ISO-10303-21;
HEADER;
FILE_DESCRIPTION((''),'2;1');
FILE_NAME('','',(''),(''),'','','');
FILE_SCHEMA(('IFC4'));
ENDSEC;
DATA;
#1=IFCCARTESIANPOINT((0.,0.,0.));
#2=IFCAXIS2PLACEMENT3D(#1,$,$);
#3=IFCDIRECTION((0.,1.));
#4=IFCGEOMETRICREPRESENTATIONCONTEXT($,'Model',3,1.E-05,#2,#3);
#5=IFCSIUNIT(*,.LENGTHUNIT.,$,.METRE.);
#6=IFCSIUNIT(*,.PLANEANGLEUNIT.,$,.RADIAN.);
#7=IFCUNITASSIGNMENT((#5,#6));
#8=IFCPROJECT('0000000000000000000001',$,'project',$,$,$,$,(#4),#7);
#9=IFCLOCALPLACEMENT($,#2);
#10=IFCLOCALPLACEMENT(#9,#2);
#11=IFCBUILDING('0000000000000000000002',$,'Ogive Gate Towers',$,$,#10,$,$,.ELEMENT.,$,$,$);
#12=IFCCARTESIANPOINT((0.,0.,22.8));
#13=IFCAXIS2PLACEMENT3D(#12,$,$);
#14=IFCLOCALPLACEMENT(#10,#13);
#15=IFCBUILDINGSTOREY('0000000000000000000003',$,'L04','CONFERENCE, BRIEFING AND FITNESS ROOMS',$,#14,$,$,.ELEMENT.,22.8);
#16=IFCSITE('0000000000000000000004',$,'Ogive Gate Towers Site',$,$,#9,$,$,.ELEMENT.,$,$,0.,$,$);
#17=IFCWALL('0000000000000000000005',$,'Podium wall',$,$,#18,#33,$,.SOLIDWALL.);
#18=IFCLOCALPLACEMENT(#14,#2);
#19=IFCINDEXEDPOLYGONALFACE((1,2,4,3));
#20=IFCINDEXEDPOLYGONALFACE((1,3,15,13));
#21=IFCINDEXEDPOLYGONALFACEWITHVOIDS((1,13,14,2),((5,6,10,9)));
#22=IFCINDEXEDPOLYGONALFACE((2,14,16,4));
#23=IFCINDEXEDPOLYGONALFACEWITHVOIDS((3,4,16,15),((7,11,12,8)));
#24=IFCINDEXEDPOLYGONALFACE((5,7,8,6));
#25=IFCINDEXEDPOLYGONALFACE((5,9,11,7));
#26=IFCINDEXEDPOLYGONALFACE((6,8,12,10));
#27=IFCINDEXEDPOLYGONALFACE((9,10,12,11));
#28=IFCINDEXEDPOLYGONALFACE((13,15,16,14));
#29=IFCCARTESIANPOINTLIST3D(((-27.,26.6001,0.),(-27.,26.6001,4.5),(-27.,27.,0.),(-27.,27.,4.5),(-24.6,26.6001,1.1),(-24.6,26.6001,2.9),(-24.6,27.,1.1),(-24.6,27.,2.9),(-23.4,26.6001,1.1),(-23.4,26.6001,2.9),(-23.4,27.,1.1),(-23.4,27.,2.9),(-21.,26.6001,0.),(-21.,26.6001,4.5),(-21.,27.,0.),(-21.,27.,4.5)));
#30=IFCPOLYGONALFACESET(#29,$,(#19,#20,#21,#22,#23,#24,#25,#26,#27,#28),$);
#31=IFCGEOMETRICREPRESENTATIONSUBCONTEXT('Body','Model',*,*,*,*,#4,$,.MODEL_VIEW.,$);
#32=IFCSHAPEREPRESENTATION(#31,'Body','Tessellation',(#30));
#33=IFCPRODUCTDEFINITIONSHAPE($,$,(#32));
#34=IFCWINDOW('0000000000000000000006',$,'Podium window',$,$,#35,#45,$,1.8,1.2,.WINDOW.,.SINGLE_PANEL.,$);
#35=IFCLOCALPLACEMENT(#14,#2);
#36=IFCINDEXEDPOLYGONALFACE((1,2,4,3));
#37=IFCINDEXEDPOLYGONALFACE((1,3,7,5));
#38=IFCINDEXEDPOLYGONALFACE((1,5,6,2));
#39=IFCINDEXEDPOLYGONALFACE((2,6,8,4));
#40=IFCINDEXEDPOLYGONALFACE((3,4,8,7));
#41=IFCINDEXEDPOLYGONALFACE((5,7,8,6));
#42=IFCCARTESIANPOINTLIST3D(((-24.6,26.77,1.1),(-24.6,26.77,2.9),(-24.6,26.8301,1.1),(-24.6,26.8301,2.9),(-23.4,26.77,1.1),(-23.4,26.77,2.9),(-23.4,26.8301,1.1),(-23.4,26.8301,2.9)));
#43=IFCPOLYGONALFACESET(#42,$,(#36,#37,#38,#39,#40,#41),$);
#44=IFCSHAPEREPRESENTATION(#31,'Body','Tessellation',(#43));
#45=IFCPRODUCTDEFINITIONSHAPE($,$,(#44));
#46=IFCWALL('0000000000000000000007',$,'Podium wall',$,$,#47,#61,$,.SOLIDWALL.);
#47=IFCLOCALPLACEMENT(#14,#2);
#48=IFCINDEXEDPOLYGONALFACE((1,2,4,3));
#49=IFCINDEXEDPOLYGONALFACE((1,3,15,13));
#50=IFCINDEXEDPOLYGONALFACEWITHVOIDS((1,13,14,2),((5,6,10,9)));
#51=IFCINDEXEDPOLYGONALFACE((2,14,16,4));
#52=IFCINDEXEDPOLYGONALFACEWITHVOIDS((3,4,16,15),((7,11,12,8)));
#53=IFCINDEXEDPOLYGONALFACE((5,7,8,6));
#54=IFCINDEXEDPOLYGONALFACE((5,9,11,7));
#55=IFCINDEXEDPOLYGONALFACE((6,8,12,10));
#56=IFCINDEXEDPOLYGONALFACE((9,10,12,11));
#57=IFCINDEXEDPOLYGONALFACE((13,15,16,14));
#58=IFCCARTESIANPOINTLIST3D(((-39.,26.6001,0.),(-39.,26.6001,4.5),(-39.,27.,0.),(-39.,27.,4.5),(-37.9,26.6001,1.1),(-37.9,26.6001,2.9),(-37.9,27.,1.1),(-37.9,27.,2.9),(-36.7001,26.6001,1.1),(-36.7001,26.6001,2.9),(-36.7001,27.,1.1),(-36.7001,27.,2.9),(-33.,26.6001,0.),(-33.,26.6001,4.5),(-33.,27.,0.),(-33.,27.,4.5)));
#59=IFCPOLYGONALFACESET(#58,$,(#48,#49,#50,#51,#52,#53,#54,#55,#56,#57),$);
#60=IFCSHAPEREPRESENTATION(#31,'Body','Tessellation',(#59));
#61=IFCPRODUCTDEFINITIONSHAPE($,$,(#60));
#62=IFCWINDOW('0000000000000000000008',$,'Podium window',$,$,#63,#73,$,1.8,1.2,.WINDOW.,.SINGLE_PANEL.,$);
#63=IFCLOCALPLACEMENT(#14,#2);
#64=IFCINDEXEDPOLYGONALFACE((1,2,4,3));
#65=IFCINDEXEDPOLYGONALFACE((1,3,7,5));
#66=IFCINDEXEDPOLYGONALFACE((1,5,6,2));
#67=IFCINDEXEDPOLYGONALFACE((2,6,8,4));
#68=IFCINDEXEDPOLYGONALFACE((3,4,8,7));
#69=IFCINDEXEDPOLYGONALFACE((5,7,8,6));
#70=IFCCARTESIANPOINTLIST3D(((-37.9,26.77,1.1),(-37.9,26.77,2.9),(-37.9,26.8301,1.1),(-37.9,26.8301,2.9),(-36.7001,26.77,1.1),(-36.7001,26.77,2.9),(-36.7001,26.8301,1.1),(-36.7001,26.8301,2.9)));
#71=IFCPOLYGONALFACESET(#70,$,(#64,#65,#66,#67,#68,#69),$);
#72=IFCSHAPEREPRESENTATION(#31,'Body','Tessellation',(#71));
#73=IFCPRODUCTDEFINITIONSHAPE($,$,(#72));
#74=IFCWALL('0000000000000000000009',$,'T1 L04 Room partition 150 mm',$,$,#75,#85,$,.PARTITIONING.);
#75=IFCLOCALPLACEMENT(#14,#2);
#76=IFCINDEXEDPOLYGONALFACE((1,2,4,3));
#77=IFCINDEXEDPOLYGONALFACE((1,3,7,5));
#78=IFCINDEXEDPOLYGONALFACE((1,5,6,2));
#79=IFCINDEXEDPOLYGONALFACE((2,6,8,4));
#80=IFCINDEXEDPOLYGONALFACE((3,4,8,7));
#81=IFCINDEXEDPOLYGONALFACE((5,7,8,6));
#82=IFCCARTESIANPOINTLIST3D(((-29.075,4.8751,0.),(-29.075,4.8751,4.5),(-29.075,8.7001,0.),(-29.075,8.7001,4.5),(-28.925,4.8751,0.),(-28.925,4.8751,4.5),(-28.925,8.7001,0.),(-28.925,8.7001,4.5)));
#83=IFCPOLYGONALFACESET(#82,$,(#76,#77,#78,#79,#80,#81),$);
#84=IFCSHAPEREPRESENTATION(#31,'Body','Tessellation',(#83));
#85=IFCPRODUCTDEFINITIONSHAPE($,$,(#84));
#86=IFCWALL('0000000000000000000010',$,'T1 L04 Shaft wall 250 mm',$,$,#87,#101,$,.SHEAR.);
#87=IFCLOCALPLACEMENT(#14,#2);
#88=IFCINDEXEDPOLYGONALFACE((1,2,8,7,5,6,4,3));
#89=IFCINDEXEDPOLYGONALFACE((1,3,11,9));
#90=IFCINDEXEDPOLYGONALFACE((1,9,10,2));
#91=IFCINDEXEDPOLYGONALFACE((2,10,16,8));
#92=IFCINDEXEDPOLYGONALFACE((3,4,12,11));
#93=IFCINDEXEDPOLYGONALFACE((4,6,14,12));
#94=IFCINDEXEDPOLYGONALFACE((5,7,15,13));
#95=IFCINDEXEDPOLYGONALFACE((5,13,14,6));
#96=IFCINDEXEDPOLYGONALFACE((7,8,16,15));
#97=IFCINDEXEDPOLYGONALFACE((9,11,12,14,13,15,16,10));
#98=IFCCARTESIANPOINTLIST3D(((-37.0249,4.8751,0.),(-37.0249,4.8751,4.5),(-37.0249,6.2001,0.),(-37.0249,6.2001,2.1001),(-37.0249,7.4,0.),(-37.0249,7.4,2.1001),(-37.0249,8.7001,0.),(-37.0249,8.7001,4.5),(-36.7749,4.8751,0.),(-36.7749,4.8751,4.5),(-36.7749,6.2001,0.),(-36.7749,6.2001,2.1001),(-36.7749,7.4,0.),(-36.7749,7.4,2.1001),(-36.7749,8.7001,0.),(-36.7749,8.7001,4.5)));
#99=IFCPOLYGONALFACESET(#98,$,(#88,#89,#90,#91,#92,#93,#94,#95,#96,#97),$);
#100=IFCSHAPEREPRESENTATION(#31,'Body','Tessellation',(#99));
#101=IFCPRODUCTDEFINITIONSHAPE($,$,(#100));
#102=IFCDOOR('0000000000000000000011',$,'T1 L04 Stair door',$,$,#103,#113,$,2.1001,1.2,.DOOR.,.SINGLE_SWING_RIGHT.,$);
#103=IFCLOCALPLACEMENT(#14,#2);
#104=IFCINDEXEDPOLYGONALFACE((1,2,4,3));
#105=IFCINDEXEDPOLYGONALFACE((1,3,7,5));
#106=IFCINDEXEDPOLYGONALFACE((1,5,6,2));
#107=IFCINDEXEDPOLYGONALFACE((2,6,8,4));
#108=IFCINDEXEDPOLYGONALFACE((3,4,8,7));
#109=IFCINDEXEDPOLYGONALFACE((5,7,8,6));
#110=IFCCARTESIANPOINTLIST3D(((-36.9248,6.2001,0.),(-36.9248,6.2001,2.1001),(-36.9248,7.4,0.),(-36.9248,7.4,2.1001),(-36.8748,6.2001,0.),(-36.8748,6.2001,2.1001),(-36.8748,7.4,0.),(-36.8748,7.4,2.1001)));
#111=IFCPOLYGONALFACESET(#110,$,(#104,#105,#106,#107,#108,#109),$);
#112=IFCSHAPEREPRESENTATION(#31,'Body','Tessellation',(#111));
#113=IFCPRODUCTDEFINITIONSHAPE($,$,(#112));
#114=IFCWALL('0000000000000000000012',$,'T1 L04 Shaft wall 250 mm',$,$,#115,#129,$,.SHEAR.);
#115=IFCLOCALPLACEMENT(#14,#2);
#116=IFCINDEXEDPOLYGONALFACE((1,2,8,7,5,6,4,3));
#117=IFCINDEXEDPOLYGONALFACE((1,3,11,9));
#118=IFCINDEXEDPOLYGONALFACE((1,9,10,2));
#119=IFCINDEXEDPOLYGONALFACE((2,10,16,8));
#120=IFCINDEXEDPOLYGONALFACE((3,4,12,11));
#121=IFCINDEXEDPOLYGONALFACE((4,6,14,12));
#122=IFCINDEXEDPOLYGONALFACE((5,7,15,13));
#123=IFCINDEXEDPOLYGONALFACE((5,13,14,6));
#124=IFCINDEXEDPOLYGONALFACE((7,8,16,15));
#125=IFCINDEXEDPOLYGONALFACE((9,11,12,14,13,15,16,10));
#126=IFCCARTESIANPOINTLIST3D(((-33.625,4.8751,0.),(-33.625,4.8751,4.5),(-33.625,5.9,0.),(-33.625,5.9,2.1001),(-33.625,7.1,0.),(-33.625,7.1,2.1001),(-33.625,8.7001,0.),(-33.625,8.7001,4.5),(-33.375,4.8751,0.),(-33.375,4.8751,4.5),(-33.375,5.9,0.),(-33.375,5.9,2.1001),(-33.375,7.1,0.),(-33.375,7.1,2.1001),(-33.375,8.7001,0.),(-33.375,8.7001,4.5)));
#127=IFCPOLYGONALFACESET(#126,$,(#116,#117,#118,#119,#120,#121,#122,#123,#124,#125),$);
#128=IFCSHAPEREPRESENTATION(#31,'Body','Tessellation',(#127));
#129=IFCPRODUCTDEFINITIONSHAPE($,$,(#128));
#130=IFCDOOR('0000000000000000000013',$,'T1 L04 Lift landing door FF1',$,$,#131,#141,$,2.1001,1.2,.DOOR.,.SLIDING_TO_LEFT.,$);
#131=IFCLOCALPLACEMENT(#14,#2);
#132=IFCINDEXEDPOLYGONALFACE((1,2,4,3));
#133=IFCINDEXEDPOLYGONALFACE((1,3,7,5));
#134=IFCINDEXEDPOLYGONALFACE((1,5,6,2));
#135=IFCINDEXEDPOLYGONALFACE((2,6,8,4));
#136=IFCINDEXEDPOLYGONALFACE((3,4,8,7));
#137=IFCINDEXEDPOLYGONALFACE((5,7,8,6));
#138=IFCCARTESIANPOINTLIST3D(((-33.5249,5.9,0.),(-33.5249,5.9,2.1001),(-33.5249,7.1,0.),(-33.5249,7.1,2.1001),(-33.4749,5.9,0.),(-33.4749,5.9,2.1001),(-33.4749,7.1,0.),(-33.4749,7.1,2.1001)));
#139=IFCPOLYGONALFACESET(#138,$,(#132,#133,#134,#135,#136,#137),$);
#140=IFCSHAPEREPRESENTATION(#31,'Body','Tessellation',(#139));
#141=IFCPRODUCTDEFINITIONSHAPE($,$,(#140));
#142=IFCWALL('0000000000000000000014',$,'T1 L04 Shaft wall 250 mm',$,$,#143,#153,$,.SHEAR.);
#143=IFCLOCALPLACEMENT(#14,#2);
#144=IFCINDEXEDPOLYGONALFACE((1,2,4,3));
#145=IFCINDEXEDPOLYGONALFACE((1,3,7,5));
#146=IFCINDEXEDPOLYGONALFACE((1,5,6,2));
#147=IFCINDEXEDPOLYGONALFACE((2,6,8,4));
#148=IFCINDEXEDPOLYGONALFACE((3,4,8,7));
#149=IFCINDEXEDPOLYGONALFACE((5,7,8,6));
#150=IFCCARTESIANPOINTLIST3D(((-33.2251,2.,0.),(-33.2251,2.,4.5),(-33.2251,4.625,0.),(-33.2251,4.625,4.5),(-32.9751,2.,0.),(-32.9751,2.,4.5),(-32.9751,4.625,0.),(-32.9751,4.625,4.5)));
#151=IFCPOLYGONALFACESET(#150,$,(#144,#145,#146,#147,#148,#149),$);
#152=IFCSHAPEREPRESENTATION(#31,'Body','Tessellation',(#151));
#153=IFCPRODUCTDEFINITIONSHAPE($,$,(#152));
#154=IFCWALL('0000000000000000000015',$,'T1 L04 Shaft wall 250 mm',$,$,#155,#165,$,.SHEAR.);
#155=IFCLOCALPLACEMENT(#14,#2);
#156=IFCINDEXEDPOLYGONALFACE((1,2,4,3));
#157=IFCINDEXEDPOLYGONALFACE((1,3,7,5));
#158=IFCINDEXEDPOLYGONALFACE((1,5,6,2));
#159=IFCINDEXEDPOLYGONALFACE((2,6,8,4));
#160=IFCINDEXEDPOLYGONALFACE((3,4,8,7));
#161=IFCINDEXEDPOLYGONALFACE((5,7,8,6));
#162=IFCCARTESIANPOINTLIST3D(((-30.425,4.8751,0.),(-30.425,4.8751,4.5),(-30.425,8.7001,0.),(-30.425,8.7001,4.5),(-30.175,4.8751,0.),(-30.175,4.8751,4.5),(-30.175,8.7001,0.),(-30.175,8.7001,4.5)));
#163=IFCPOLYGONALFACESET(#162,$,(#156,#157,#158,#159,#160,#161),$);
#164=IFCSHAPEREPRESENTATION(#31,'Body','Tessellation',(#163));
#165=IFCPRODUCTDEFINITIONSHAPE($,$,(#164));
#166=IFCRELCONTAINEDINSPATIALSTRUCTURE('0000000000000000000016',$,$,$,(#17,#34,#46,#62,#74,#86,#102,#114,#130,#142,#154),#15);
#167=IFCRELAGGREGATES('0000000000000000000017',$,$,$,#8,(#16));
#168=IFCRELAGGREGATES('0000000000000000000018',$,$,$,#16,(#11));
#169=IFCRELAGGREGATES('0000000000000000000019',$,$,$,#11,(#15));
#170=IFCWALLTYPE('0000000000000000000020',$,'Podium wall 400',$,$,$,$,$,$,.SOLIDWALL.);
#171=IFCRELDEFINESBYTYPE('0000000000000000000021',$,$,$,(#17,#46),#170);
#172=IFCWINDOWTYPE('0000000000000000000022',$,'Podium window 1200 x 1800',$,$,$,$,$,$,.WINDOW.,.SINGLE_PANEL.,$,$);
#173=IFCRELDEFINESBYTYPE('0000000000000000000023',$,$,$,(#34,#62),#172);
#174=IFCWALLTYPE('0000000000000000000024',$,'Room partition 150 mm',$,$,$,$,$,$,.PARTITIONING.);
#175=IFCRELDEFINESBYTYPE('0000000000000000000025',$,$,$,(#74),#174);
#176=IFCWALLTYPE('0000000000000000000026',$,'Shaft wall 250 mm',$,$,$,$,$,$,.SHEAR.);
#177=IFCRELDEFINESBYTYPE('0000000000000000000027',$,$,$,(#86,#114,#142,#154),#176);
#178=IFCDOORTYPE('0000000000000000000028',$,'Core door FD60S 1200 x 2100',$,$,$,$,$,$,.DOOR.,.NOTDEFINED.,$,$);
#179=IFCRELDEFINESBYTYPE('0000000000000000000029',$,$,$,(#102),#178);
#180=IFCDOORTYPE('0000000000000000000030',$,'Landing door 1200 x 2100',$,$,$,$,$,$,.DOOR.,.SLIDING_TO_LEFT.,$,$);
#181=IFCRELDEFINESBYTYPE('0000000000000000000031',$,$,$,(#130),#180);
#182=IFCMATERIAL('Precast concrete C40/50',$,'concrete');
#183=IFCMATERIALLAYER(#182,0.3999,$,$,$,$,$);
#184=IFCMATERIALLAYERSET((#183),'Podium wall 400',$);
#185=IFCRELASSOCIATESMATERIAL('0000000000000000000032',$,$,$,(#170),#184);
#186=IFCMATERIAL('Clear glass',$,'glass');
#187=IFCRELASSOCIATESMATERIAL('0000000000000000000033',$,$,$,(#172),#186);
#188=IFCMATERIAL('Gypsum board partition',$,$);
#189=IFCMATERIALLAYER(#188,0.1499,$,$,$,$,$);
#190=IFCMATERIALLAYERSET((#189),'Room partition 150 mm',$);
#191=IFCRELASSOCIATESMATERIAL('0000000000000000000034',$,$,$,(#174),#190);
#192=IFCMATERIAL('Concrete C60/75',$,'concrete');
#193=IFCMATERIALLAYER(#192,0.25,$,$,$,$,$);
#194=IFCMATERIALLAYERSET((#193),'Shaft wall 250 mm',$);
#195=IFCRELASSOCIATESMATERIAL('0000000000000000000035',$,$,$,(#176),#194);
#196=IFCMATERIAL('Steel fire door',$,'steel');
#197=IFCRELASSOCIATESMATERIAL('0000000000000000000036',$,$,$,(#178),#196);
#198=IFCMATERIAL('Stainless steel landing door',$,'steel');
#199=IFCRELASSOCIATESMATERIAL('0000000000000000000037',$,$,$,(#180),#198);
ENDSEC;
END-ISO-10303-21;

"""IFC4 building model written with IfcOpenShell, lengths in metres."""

from ifc_helpers import new_model, si_unit, direction, frame, frame_2d, origin, place, context, subcontext, project, spatial, rectangle, extrude, material, layer, layer_set, type_object, element, fill, save


model = new_model("IFC4")

# Units and contexts
model_context = context("Model", 3, precision=1e-05, world=origin(), true_north=direction((0.0, 1.0)))
body_context = subcontext(model_context, "Body", "Model", "MODEL_VIEW")
ifc_project = project(units=[si_unit("LENGTHUNIT", "METRE"), si_unit("PLANEANGLEUNIT", "RADIAN")], contexts=[model_context])

# Site, building, storey
site_placement = place(None, origin())
site = spatial("IfcSite", under=ifc_project, at=site_placement, Name="Ogive Gate Towers Site", CompositionType="ELEMENT", RefElevation=0.0)
building_placement = place(site_placement, origin())
building = spatial("IfcBuilding", under=site, at=building_placement, Name="Ogive Gate Towers", CompositionType="ELEMENT")
storey_placement = place(building_placement, frame((0.0, 0.0, 22.8)))
storey = spatial("IfcBuildingStorey", under=building, at=storey_placement, Name="L04", Description="CONFERENCE, BRIEFING AND FITNESS ROOMS", CompositionType="ELEMENT", Elevation=22.8)

# Shared definitions
ifc_material_1 = material(Name="Gypsum board partition")

# Wall, opening, window
ifc_material_2 = material(Name="Precast concrete C40/50", Category="concrete")
ifc_layer_1 = layer(ifc_material_2, 0.3999)
ifc_layer_set_1 = layer_set([ifc_layer_1], Name="Podium wall 400")
wall_type_1 = type_object("IfcWallType", Name="Podium wall 400", PredefinedType="SOLIDWALL", material=ifc_layer_set_1)
wall_1_placement = place(storey_placement, frame((-21.0, 26.8, 0.0), z_axis=(0.0, 0.0, 1.0), x_axis=(-1.0, 0.0, 0.0)))
wall_1 = element("IfcWall", 1, at=wall_1_placement, inside=storey, type_object=wall_type_1, Name="Podium wall", PredefinedType="SOLIDWALL", context=body_context, shape_type="SweptSolid", body=[
    extrude(rectangle(XDim=6.0, YDim=0.3999, at=frame_2d((3.0, 0.0))), origin(), (0.0, 0.0, 1.0), 4.5),
])
opening_1_placement = place(wall_1_placement, frame((2.3999, 0.0, 1.1001)))
opening_1 = element("IfcOpeningElement", 2, at=opening_1_placement, cuts=wall_1, PredefinedType="OPENING", context=body_context, shape_type="SweptSolid", body=[
    extrude(rectangle(XDim=1.2, YDim=1.8, at=frame_2d((0.6001, 0.8999))), frame((0.0, 0.21, 0.0), z_axis=(0.0, -1.0, 0.0), x_axis=(1.0, 0.0, 0.0)), (0.0, 0.0, 1.0), 0.4199),
])
ifc_material_3 = material(Name="Clear glass", Category="glass")
window_type = type_object("IfcWindowType", Name="Podium window 1200 x 1800", PartitioningType="SINGLE_PANEL", PredefinedType="WINDOW", material=ifc_material_3)
window_1_placement = place(opening_1_placement, origin())
window_1 = element("IfcWindow", 3, at=window_1_placement, inside=storey, type_object=window_type, Name="Podium window", OverallHeight=1.8, OverallWidth=1.2, PartitioningType="SINGLE_PANEL", PredefinedType="WINDOW", context=body_context, shape_type="SweptSolid", body=[
    extrude(rectangle(XDim=1.2, YDim=1.8, at=frame_2d((0.6001, 0.8999))), frame((0.0, 0.03, 0.0), z_axis=(0.0, -1.0, 0.0), x_axis=(1.0, 0.0, 0.0)), (0.0, 0.0, 1.0), 0.0601),
])
fill(opening_1, window_1)

# Wall, opening, window
wall_2_placement = place(storey_placement, frame((-33.0, 26.8, 0.0), z_axis=(0.0, 0.0, 1.0), x_axis=(-1.0, 0.0, 0.0)))
wall_2 = element("IfcWall", 4, at=wall_2_placement, inside=storey, type_object=wall_type_1, Name="Podium wall", PredefinedType="SOLIDWALL", context=body_context, shape_type="SweptSolid", body=[
    extrude(rectangle(XDim=6.0, YDim=0.3999, at=frame_2d((3.0, 0.0))), origin(), (0.0, 0.0, 1.0), 4.5),
])
opening_2_placement = place(wall_2_placement, frame((3.7, 0.0, 1.1001)))
opening_2 = element("IfcOpeningElement", 5, at=opening_2_placement, cuts=wall_2, PredefinedType="OPENING", context=body_context, shape_type="SweptSolid", body=[
    extrude(rectangle(XDim=1.2, YDim=1.8, at=frame_2d((0.6001, 0.8999))), frame((0.0, 0.21, 0.0), z_axis=(0.0, -1.0, 0.0), x_axis=(1.0, 0.0, 0.0)), (0.0, 0.0, 1.0), 0.4199),
])
window_2_placement = place(opening_2_placement, origin())
window_2 = element("IfcWindow", 6, at=window_2_placement, inside=storey, type_object=window_type, Name="Podium window", OverallHeight=1.8, OverallWidth=1.2, PartitioningType="SINGLE_PANEL", PredefinedType="WINDOW", context=body_context, shape_type="SweptSolid", body=[
    extrude(rectangle(XDim=1.2, YDim=1.8, at=frame_2d((0.6001, 0.8999))), frame((0.0, 0.03, 0.0), z_axis=(0.0, -1.0, 0.0), x_axis=(1.0, 0.0, 0.0)), (0.0, 0.0, 1.0), 0.0601),
])
fill(opening_2, window_2)

# Wall
ifc_layer_2 = layer(ifc_material_1, 0.1499)
ifc_layer_set_2 = layer_set([ifc_layer_2], Name="Room partition 150 mm")
wall_type_2 = type_object("IfcWallType", Name="Room partition 150 mm", PredefinedType="PARTITIONING", material=ifc_layer_set_2)
wall_3_placement = place(storey_placement, frame((-29.0, 4.875, 0.0), z_axis=(0.0, 0.0, 1.0), x_axis=(0.0, 1.0, 0.0)))
element("IfcWall", 7, at=wall_3_placement, inside=storey, type_object=wall_type_2, Name="T1 L04 Room partition 150 mm", PredefinedType="PARTITIONING", context=body_context, shape_type="SweptSolid", body=[
    extrude(rectangle(XDim=3.825, YDim=0.1499, at=frame_2d((1.9126, 0.0))), origin(), (0.0, 0.0, 1.0), 4.5),
])

# Walls, openings, doors
ifc_material_4 = material(Name="Concrete C60/75", Category="concrete")
ifc_layer_3 = layer(ifc_material_4, 0.25)
ifc_layer_set_3 = layer_set([ifc_layer_3], Name="Shaft wall 250 mm")
wall_type_3 = type_object("IfcWallType", Name="Shaft wall 250 mm", PredefinedType="SHEAR", material=ifc_layer_set_3)
wall_4_placement = place(storey_placement, frame((-36.8999, 4.875, 0.0), z_axis=(0.0, 0.0, 1.0), x_axis=(0.0, 1.0, 0.0)))
wall_4 = element("IfcWall", 8, at=wall_4_placement, inside=storey, type_object=wall_type_3, Name="T1 L04 Shaft wall 250 mm", PredefinedType="SHEAR", context=body_context, shape_type="SweptSolid", body=[
    extrude(rectangle(XDim=3.825, YDim=0.25, at=frame_2d((1.9126, 0.0))), origin(), (0.0, 0.0, 1.0), 4.5),
])
opening_3_placement = place(wall_4_placement, frame((1.325, 0.0, 0.0)))
opening_3 = element("IfcOpeningElement", 9, at=opening_3_placement, cuts=wall_4, PredefinedType="OPENING", context=body_context, shape_type="SweptSolid", body=[
    extrude(rectangle(XDim=1.2, YDim=2.1001, at=frame_2d((0.6001, 1.05))), frame((0.0, 0.135, 0.0), z_axis=(0.0, -1.0, 0.0), x_axis=(1.0, 0.0, 0.0)), (0.0, 0.0, 1.0), 0.27),
])
ifc_material_5 = material(Name="Steel fire door", Category="steel")
door_type_1 = type_object("IfcDoorType", Name="Core door FD60S 1200 x 2100", OperationType="NOTDEFINED", PredefinedType="DOOR", material=ifc_material_5)
door_1_placement = place(opening_3_placement, origin())
door_1 = element("IfcDoor", 10, at=door_1_placement, inside=storey, type_object=door_type_1, Name="T1 L04 Stair door", OperationType="SINGLE_SWING_RIGHT", OverallHeight=2.1001, OverallWidth=1.2, PredefinedType="DOOR", context=body_context, shape_type="SweptSolid", body=[
    extrude(rectangle(XDim=1.2, YDim=2.1001, at=frame_2d((0.6001, 1.05))), frame((0.0, 0.0249, 0.0), z_axis=(0.0, -1.0, 0.0), x_axis=(1.0, 0.0, 0.0)), (0.0, 0.0, 1.0), 0.05),
])
fill(opening_3, door_1)
wall_5_placement = place(storey_placement, frame((-33.5, 4.875, 0.0), z_axis=(0.0, 0.0, 1.0), x_axis=(0.0, 1.0, 0.0)))
wall_5 = element("IfcWall", 11, at=wall_5_placement, inside=storey, type_object=wall_type_3, Name="T1 L04 Shaft wall 250 mm", PredefinedType="SHEAR", context=body_context, shape_type="SweptSolid", body=[
    extrude(rectangle(XDim=3.825, YDim=0.25, at=frame_2d((1.9126, 0.0))), origin(), (0.0, 0.0, 1.0), 4.5),
])
opening_4_placement = place(wall_5_placement, frame((1.0249, 0.0, 0.0)))
opening_4 = element("IfcOpeningElement", 12, at=opening_4_placement, cuts=wall_5, PredefinedType="OPENING", context=body_context, shape_type="SweptSolid", body=[
    extrude(rectangle(XDim=1.2, YDim=2.1001, at=frame_2d((0.6001, 1.05))), frame((0.0, 0.135, 0.0), z_axis=(0.0, -1.0, 0.0), x_axis=(1.0, 0.0, 0.0)), (0.0, 0.0, 1.0), 0.27),
])
ifc_material_6 = material(Name="Stainless steel landing door", Category="steel")
door_type_2 = type_object("IfcDoorType", Name="Landing door 1200 x 2100", OperationType="SLIDING_TO_LEFT", PredefinedType="DOOR", material=ifc_material_6)
door_2_placement = place(opening_4_placement, origin())
door_2 = element("IfcDoor", 13, at=door_2_placement, inside=storey, type_object=door_type_2, Name="T1 L04 Lift landing door FF1", OperationType="SLIDING_TO_LEFT", OverallHeight=2.1001, OverallWidth=1.2, PredefinedType="DOOR", context=body_context, shape_type="SweptSolid", body=[
    extrude(rectangle(XDim=1.2, YDim=2.1001, at=frame_2d((0.6001, 1.05))), frame((0.0, 0.0249, 0.0), z_axis=(0.0, -1.0, 0.0), x_axis=(1.0, 0.0, 0.0)), (0.0, 0.0, 1.0), 0.05),
])
fill(opening_4, door_2)

# Walls
wall_6_placement = place(storey_placement, frame((-33.1001, 2.0, 0.0), z_axis=(0.0, 0.0, 1.0), x_axis=(0.0, 1.0, 0.0)))
element("IfcWall", 14, at=wall_6_placement, inside=storey, type_object=wall_type_3, Name="T1 L04 Shaft wall 250 mm", PredefinedType="SHEAR", context=body_context, shape_type="SweptSolid", body=[
    extrude(rectangle(XDim=2.625, YDim=0.25, at=frame_2d((1.3125, 0.0))), origin(), (0.0, 0.0, 1.0), 4.5),
])
wall_7_placement = place(storey_placement, frame((-30.3, 4.875, 0.0), z_axis=(0.0, 0.0, 1.0), x_axis=(0.0, 1.0, 0.0)))
element("IfcWall", 15, at=wall_7_placement, inside=storey, type_object=wall_type_3, Name="T1 L04 Shaft wall 250 mm", PredefinedType="SHEAR", context=body_context, shape_type="SweptSolid", body=[
    extrude(rectangle(XDim=3.825, YDim=0.25, at=frame_2d((1.9126, 0.0))), origin(), (0.0, 0.0, 1.0), 4.5),
])

save(model, "model.ifc")
